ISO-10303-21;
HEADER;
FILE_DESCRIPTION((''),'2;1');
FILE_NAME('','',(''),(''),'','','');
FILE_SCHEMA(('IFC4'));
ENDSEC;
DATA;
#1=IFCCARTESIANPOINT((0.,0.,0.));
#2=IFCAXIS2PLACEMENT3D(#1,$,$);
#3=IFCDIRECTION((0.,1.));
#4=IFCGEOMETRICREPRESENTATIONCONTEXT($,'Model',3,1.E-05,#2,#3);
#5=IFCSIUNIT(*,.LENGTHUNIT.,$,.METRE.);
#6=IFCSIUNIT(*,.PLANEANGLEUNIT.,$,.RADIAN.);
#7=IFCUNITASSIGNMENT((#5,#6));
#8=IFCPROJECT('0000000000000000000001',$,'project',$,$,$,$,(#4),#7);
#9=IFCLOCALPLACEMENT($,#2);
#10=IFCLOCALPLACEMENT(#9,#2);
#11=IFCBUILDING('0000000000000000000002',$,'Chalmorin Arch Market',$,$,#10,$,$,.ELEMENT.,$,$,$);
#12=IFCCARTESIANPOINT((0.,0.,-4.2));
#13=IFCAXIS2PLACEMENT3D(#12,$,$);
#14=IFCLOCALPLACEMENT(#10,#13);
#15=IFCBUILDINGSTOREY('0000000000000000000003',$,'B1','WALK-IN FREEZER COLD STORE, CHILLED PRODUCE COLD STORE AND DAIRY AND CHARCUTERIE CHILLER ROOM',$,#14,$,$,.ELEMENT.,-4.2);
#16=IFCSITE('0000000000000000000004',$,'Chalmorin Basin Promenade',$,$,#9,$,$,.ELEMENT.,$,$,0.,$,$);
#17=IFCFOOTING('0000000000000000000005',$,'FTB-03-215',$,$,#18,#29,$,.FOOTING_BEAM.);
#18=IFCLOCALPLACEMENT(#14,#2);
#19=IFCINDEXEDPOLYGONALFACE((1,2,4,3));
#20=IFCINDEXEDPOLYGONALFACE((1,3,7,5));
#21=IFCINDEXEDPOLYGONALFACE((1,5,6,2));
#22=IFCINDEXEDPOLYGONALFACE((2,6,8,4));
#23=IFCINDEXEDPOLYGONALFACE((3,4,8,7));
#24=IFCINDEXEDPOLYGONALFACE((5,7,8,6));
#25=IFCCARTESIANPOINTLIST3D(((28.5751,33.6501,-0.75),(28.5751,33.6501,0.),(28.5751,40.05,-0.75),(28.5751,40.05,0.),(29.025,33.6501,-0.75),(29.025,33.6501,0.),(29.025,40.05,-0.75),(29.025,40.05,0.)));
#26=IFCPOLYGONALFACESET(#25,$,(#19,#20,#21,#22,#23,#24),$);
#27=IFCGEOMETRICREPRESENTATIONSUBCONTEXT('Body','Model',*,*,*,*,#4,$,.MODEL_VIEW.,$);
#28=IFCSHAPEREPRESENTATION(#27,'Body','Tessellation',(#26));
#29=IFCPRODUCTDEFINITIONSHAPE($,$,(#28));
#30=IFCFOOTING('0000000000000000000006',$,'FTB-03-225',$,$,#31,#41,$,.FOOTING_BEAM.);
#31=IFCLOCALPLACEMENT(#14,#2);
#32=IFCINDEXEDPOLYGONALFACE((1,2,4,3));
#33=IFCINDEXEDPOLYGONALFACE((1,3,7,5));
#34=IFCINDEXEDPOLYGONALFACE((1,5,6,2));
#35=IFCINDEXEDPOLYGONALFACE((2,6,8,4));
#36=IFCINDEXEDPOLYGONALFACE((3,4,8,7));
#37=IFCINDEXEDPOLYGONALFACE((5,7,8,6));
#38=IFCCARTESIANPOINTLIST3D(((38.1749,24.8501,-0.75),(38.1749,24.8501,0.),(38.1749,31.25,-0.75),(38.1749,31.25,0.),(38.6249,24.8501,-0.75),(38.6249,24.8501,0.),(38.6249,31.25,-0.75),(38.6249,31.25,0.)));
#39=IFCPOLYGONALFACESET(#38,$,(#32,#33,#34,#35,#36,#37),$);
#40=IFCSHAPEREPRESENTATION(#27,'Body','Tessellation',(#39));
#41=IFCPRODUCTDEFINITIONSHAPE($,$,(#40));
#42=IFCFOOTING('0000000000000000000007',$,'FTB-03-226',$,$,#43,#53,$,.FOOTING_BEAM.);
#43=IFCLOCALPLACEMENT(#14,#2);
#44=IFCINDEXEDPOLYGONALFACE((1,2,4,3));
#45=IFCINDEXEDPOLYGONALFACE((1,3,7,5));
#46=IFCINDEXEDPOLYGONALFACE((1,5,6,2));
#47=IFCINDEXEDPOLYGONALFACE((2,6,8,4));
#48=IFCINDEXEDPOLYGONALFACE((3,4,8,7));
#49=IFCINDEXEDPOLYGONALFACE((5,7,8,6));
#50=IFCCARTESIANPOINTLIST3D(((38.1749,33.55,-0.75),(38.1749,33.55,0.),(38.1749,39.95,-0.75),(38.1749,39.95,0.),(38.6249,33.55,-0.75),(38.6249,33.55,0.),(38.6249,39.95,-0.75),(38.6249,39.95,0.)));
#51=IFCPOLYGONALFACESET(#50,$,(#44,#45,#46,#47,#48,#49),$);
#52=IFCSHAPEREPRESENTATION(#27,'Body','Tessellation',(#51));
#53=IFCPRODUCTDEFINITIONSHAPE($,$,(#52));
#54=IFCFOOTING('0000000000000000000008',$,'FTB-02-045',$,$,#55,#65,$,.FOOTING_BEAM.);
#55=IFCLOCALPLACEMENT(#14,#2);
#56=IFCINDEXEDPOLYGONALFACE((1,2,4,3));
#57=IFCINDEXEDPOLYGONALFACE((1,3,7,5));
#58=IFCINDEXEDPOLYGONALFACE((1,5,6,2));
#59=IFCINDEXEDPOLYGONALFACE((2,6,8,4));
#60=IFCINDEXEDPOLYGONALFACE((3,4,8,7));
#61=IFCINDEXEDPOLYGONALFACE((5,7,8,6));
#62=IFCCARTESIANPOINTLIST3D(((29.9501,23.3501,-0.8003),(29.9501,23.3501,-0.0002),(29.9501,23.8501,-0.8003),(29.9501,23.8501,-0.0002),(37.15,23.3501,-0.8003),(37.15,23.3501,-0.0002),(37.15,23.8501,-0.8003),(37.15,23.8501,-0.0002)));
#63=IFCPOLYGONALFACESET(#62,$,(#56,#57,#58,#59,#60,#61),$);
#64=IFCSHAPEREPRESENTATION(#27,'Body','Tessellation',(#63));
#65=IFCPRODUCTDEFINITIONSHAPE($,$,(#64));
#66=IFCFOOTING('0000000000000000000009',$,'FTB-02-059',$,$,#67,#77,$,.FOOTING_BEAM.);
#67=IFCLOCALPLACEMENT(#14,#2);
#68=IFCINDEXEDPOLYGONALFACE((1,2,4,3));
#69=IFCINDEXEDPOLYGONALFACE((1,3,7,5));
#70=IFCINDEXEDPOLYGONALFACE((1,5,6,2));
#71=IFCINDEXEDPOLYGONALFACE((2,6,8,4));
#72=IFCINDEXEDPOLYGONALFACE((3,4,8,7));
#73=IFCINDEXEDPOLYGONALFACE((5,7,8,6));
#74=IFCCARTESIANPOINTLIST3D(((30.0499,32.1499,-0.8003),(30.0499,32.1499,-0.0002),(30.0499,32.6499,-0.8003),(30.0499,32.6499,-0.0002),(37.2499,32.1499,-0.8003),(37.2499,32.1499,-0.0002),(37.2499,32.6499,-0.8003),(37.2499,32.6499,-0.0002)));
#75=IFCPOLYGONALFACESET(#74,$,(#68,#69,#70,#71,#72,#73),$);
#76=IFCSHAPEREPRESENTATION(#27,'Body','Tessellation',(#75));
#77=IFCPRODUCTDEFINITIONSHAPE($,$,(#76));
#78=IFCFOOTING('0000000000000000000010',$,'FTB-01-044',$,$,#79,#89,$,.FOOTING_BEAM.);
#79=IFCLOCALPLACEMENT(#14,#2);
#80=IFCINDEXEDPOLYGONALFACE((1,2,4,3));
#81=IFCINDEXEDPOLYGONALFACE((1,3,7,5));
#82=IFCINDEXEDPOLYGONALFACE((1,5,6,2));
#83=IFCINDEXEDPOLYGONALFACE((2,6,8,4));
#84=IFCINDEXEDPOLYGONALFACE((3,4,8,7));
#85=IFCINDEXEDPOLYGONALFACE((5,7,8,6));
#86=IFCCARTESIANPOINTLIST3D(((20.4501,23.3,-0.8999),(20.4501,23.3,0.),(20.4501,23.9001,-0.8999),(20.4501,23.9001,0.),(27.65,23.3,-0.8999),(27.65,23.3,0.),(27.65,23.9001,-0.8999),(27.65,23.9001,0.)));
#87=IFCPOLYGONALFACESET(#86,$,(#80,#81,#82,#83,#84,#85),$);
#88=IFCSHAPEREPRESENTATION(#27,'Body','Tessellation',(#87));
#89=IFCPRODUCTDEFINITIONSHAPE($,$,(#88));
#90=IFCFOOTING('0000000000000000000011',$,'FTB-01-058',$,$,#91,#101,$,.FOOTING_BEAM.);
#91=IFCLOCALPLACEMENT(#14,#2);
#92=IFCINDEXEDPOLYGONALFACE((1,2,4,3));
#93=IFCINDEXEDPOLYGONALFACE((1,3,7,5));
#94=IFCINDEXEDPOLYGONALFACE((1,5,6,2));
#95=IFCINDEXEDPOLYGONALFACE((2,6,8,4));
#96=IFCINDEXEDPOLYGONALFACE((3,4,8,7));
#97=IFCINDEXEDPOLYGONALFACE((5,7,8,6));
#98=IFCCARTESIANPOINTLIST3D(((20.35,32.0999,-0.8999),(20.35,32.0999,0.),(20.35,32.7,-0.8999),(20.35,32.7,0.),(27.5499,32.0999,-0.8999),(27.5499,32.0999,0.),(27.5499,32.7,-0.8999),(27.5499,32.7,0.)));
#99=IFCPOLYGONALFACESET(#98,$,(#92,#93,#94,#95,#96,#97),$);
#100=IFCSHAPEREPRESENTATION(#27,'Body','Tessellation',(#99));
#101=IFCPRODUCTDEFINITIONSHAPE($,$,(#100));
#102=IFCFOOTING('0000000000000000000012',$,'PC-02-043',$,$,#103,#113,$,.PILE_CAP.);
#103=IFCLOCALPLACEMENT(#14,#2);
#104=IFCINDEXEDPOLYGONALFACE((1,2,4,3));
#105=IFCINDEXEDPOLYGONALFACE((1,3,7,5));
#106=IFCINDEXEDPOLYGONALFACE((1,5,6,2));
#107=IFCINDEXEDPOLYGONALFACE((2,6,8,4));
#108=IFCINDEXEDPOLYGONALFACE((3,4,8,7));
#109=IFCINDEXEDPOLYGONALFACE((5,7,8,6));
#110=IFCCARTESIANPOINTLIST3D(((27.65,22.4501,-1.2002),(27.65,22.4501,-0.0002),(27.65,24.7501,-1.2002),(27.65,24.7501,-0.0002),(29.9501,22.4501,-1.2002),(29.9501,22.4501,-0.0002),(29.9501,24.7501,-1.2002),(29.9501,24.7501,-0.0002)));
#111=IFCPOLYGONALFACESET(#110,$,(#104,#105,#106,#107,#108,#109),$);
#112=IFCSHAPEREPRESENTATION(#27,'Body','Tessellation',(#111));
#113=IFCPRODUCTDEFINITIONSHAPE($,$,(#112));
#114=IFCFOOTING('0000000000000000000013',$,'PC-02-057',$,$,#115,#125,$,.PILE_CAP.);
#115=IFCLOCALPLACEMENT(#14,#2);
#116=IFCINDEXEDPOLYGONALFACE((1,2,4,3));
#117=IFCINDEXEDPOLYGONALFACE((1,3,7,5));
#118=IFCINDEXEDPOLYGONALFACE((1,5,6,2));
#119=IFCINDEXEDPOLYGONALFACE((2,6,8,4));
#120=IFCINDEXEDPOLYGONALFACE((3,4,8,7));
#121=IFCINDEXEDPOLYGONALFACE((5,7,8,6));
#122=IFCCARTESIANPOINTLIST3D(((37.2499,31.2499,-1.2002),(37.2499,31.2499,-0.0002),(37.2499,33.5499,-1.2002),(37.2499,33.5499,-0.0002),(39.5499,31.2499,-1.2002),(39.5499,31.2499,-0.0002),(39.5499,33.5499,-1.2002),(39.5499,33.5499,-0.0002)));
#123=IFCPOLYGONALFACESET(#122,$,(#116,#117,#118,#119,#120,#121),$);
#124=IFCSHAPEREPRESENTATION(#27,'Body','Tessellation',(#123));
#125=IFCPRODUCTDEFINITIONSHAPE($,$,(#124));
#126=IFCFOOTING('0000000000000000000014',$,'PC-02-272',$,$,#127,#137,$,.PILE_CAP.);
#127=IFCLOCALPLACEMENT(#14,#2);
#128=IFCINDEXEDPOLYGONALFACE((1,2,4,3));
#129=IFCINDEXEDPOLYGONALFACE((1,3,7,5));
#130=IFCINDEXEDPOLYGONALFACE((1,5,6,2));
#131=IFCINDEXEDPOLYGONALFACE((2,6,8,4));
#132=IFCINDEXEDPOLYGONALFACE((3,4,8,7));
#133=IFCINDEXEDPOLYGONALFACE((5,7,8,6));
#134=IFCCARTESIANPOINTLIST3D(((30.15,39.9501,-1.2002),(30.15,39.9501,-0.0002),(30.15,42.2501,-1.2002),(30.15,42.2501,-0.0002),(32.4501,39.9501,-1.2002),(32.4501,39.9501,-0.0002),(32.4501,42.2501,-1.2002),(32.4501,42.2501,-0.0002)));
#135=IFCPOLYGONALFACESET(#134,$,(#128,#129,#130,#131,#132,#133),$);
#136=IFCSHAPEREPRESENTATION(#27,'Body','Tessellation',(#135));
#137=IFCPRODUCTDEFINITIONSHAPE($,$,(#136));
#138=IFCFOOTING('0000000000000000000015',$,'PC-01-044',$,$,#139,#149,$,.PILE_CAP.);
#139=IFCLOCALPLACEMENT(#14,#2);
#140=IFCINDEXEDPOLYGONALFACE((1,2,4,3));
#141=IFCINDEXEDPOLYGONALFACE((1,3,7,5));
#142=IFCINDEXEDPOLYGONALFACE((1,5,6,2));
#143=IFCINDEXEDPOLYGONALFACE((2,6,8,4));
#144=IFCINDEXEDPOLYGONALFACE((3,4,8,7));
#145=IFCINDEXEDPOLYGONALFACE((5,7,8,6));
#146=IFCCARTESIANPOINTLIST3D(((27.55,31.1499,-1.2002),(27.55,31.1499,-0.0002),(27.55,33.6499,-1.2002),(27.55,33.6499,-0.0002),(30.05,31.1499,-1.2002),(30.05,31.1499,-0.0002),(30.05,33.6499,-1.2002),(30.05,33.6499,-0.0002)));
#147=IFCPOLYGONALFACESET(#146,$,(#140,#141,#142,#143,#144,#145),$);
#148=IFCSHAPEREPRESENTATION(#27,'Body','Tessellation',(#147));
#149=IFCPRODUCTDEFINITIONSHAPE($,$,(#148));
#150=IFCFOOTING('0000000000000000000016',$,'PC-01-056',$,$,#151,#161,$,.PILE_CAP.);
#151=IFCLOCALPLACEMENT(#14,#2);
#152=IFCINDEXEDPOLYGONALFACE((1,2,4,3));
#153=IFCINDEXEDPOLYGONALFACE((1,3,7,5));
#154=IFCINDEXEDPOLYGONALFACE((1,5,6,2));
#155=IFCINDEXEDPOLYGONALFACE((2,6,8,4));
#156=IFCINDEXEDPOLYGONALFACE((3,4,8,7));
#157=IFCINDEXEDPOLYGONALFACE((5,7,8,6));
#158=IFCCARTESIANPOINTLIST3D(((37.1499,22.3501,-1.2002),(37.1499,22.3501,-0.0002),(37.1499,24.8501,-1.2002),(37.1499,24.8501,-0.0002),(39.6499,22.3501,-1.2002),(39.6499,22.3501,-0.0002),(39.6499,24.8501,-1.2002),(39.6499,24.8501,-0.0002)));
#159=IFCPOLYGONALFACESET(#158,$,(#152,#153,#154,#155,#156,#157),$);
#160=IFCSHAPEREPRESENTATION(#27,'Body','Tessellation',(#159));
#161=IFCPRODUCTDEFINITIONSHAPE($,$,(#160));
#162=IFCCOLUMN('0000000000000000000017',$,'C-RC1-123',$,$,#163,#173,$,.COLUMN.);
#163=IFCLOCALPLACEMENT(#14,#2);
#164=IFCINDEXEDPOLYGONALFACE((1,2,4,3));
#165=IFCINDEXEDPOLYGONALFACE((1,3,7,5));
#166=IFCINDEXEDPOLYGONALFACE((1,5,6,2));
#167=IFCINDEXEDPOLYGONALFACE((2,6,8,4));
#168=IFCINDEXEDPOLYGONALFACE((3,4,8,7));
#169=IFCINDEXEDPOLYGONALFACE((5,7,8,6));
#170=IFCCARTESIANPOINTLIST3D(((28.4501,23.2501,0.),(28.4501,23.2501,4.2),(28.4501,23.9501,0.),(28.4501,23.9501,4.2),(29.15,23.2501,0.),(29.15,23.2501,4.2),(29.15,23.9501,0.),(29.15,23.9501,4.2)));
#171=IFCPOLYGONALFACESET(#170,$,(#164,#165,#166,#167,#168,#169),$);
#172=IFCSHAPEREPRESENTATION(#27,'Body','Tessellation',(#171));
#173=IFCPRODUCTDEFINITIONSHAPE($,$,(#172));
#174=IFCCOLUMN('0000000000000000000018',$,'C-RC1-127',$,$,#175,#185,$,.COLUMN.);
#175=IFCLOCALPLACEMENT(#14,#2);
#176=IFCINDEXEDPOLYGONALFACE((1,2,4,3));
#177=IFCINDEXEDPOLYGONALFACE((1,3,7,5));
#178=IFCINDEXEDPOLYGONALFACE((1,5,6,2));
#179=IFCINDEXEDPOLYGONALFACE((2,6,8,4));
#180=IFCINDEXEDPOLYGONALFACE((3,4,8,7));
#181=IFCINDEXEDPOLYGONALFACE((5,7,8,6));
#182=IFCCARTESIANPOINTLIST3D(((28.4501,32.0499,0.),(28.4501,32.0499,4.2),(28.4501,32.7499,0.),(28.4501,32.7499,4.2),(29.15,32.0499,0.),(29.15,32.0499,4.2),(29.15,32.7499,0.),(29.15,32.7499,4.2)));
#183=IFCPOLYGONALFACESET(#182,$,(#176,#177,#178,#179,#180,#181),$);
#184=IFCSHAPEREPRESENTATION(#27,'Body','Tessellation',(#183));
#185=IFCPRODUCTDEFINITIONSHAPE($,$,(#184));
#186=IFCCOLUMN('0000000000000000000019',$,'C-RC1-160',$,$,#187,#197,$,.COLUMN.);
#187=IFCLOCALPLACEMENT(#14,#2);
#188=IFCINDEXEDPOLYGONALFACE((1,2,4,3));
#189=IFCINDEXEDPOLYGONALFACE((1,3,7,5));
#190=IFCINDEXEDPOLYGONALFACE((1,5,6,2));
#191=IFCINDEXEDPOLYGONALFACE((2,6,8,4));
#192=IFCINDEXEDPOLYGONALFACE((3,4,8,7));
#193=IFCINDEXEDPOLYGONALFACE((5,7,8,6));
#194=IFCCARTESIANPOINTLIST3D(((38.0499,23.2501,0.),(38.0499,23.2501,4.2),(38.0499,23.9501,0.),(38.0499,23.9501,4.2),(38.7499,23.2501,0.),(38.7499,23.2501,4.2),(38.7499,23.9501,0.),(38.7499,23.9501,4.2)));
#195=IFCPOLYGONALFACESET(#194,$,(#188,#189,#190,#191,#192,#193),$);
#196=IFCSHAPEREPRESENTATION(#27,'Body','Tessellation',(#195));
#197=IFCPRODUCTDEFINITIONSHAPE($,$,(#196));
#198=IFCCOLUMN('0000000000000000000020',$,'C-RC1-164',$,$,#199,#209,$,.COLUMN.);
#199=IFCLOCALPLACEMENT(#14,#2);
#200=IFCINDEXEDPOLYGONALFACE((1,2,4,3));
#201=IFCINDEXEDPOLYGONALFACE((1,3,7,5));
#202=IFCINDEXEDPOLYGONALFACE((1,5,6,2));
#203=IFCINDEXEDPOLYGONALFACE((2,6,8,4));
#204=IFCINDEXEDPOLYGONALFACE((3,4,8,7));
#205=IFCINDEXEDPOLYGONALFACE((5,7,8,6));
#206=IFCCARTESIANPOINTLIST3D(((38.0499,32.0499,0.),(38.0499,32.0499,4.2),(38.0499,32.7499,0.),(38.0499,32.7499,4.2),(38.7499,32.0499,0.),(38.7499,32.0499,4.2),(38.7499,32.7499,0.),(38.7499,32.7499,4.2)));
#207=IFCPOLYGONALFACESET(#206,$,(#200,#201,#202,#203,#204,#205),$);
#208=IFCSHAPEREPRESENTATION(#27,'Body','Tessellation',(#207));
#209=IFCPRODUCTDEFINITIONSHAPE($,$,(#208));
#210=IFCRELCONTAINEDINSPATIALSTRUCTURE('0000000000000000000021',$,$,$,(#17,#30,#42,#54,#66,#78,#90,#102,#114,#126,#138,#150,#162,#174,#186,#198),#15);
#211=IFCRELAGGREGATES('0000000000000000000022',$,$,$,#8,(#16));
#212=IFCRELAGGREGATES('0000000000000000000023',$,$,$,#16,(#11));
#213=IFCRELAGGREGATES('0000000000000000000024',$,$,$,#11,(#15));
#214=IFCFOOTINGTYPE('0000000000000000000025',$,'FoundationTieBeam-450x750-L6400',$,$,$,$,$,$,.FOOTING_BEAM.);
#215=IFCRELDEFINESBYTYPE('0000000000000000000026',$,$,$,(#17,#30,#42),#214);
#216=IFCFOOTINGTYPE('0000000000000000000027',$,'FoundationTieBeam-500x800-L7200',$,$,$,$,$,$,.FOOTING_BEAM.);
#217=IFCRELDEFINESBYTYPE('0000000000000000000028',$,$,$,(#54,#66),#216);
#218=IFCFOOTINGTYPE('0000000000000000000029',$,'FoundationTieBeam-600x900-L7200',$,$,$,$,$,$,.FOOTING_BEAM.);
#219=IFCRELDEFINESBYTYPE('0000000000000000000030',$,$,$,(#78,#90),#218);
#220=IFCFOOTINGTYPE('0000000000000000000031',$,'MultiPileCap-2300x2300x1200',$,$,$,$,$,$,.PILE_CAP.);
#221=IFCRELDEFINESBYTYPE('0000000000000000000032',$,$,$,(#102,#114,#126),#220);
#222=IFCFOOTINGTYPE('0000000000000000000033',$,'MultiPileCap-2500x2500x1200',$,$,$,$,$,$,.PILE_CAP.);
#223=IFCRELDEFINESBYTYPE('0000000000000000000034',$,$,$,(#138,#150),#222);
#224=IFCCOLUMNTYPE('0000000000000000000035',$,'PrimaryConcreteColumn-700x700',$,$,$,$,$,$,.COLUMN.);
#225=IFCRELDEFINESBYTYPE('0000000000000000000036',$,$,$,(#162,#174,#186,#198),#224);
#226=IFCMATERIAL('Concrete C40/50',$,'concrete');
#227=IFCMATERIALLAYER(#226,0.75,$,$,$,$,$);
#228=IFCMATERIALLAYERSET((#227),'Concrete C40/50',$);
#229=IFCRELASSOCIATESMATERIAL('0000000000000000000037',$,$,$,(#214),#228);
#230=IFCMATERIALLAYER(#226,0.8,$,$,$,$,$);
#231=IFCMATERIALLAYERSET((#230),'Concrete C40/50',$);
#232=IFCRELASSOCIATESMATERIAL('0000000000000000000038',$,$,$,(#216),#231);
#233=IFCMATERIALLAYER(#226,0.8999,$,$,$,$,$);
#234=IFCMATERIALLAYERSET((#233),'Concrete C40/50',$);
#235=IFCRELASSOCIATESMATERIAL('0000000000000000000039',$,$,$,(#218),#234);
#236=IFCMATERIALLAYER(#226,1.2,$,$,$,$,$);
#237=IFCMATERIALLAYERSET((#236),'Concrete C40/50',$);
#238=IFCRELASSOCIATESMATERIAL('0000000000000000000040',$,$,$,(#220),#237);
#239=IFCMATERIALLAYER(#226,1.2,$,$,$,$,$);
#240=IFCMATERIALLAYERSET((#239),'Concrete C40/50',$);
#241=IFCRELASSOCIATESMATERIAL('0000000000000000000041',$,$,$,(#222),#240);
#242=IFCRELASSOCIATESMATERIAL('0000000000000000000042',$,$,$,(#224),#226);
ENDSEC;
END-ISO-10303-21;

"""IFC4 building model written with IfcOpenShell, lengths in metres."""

from ifc_helpers import new_model, si_unit, direction, frame, origin, origin_2d, place, context, subcontext, project, spatial, rectangle, extrude, material, layer, layer_set, material_profile, profile_set, type_object, element, save


model = new_model("IFC4")

# Units and contexts
model_context = context("Model", 3, precision=1e-05, world=origin(), true_north=direction((0.0, 1.0)))
body_context = subcontext(model_context, "Body", "Model", "MODEL_VIEW")
ifc_project = project(units=[si_unit("LENGTHUNIT", "METRE"), si_unit("PLANEANGLEUNIT", "RADIAN")], contexts=[model_context])

# Site, building, storey
site_placement = place(None, origin())
site = spatial("IfcSite", under=ifc_project, at=site_placement, Name="Chalmorin Basin Promenade", CompositionType="ELEMENT", RefElevation=0.0)
building_placement = place(site_placement, origin())
building = spatial("IfcBuilding", under=site, at=building_placement, Name="Chalmorin Arch Market", CompositionType="ELEMENT")
storey_placement = place(building_placement, frame((0.0, 0.0, -4.2)))
storey = spatial("IfcBuildingStorey", under=building, at=storey_placement, Name="B1", Description="WALK-IN FREEZER COLD STORE, CHILLED PRODUCE COLD STORE AND DAIRY AND CHARCUTERIE CHILLER ROOM", CompositionType="ELEMENT", Elevation=-4.2)

# Footings
ifc_material_1 = material(Name="Concrete C40/50", Category="concrete")
ifc_layer_1 = layer(ifc_material_1, 0.75)
ifc_layer_set_1 = layer_set([ifc_layer_1], Name="Concrete C40/50")
footing_type_1 = type_object("IfcFootingType", Name="FoundationTieBeam-450x750-L6400", PredefinedType="FOOTING_BEAM", material=ifc_layer_set_1)
for number, where, z_axis, x_axis, name in (
    (1, (28.8, 36.8501, -0.75), (0.0, 0.0, 1.0), (0.0, 1.0, 0.0), "FTB-03-215"),
    (2, (38.3999, 28.05, -0.75), (0.0, 0.0, 1.0), (0.0, 1.0, 0.0), "FTB-03-225"),
    (3, (38.3999, 36.75, -0.75), (0.0, 0.0, 1.0), (0.0, 1.0, 0.0), "FTB-03-226"),
):
    element("IfcFooting", number, at=place(storey_placement, frame(where, z_axis=z_axis, x_axis=x_axis)), inside=storey, type_object=footing_type_1, Name=name, PredefinedType="FOOTING_BEAM", context=body_context, shape_type="SweptSolid", body=[
        extrude(rectangle(XDim=6.3999, YDim=0.45, at=origin_2d()), origin(), (0.0, 0.0, 1.0), 0.75),
    ])
ifc_layer_2 = layer(ifc_material_1, 0.8)
ifc_layer_set_2 = layer_set([ifc_layer_2], Name="Concrete C40/50")
footing_type_2 = type_object("IfcFootingType", Name="FoundationTieBeam-500x800-L7200", PredefinedType="FOOTING_BEAM", material=ifc_layer_set_2)
for number, where, z_axis, x_axis, name in (
    (4, (33.55, 23.6001, -0.8003), (0.0, 0.0, 1.0), (1.0, 0.0, 0.0), "FTB-02-045"),
    (5, (33.6499, 32.3999, -0.8003), (0.0, 0.0, 1.0), (1.0, 0.0, 0.0), "FTB-02-059"),
):
    element("IfcFooting", number, at=place(storey_placement, frame(where, z_axis=z_axis, x_axis=x_axis)), inside=storey, type_object=footing_type_2, Name=name, PredefinedType="FOOTING_BEAM", context=body_context, shape_type="SweptSolid", body=[
        extrude(rectangle(XDim=7.2, YDim=0.5, at=origin_2d()), origin(), (0.0, 0.0, 1.0), 0.8),
    ])
ifc_layer_3 = layer(ifc_material_1, 0.8999)
ifc_layer_set_3 = layer_set([ifc_layer_3], Name="Concrete C40/50")
footing_type_3 = type_object("IfcFootingType", Name="FoundationTieBeam-600x900-L7200", PredefinedType="FOOTING_BEAM", material=ifc_layer_set_3)
for number, where, z_axis, x_axis, name in (
    (6, (24.05, 23.6001, -0.8999), (0.0, 0.0, 1.0), (1.0, 0.0, 0.0), "FTB-01-044"),
    (7, (23.95, 32.3999, -0.8999), (0.0, 0.0, 1.0), (1.0, 0.0, 0.0), "FTB-01-058"),
):
    element("IfcFooting", number, at=place(storey_placement, frame(where, z_axis=z_axis, x_axis=x_axis)), inside=storey, type_object=footing_type_3, Name=name, PredefinedType="FOOTING_BEAM", context=body_context, shape_type="SweptSolid", body=[
        extrude(rectangle(XDim=7.2, YDim=0.6001, at=origin_2d()), origin(), (0.0, 0.0, 1.0), 0.8999),
    ])
ifc_layer_4 = layer(ifc_material_1, 1.2)
ifc_layer_set_4 = layer_set([ifc_layer_4], Name="Concrete C40/50")
footing_type_4 = type_object("IfcFootingType", Name="MultiPileCap-2300x2300x1200", PredefinedType="PILE_CAP", material=ifc_layer_set_4)
for number, where, z_axis, x_axis, name in (
    (8, (28.8, 23.6001, -1.2002), (0.0, 0.0, 1.0), (1.0, 0.0, 0.0), "PC-02-043"),
    (9, (38.3999, 32.3999, -1.2002), (0.0, 0.0, 1.0), (1.0, 0.0, 0.0), "PC-02-057"),
    (10, (31.3, 41.1001, -1.2002), (0.0, 0.0, 1.0), (1.0, 0.0, 0.0), "PC-02-272"),
):
    element("IfcFooting", number, at=place(storey_placement, frame(where, z_axis=z_axis, x_axis=x_axis)), inside=storey, type_object=footing_type_4, Name=name, PredefinedType="PILE_CAP", context=body_context, shape_type="SweptSolid", body=[
        extrude(rectangle(XDim=2.3, YDim=2.3, at=origin_2d()), origin(), (0.0, 0.0, 1.0), 1.2),
    ])
ifc_layer_5 = layer(ifc_material_1, 1.2)
ifc_layer_set_5 = layer_set([ifc_layer_5], Name="Concrete C40/50")
footing_type_5 = type_object("IfcFootingType", Name="MultiPileCap-2500x2500x1200", PredefinedType="PILE_CAP", material=ifc_layer_set_5)
for number, where, z_axis, x_axis, name in (
    (11, (28.8, 32.3999, -1.2002), (0.0, 0.0, 1.0), (1.0, 0.0, 0.0), "PC-01-044"),
    (12, (38.3999, 23.6001, -1.2002), (0.0, 0.0, 1.0), (1.0, 0.0, 0.0), "PC-01-056"),
):
    element("IfcFooting", number, at=place(storey_placement, frame(where, z_axis=z_axis, x_axis=x_axis)), inside=storey, type_object=footing_type_5, Name=name, PredefinedType="PILE_CAP", context=body_context, shape_type="SweptSolid", body=[
        extrude(rectangle(XDim=2.5, YDim=2.5, at=origin_2d()), origin(), (0.0, 0.0, 1.0), 1.2),
    ])

# Columns
ifc_material_profile_1 = material_profile(ifc_material_1, rectangle(XDim=0.7, YDim=0.7, at=origin_2d()), Name="RC700X700")
ifc_profile_set_1 = profile_set([ifc_material_profile_1], Name="Concrete C40/50")
column_type = type_object("IfcColumnType", Name="PrimaryConcreteColumn-700x700", PredefinedType="COLUMN", material=ifc_profile_set_1)
for number, where, z_axis, x_axis, name in (
    (13, (28.8, 23.6001, 0.0), (0.0, 0.0, 1.0), (1.0, 0.0, 0.0), "C-RC1-123"),
    (14, (28.8, 32.3999, 0.0), (0.0, 0.0, 1.0), (1.0, 0.0, 0.0), "C-RC1-127"),
    (15, (38.3999, 23.6001, 0.0), (0.0, 0.0, 1.0), (1.0, 0.0, 0.0), "C-RC1-160"),
    (16, (38.3999, 32.3999, 0.0), (0.0, 0.0, 1.0), (1.0, 0.0, 0.0), "C-RC1-164"),
):
    element("IfcColumn", number, at=place(storey_placement, frame(where, z_axis=z_axis, x_axis=x_axis)), inside=storey, type_object=column_type, Name=name, PredefinedType="COLUMN", context=body_context, shape_type="SweptSolid", body=[
        extrude(rectangle(XDim=0.7, YDim=0.7, at=origin_2d()), origin(), (0.0, 0.0, 1.0), 4.2),
    ])

save(model, "model.ifc")
